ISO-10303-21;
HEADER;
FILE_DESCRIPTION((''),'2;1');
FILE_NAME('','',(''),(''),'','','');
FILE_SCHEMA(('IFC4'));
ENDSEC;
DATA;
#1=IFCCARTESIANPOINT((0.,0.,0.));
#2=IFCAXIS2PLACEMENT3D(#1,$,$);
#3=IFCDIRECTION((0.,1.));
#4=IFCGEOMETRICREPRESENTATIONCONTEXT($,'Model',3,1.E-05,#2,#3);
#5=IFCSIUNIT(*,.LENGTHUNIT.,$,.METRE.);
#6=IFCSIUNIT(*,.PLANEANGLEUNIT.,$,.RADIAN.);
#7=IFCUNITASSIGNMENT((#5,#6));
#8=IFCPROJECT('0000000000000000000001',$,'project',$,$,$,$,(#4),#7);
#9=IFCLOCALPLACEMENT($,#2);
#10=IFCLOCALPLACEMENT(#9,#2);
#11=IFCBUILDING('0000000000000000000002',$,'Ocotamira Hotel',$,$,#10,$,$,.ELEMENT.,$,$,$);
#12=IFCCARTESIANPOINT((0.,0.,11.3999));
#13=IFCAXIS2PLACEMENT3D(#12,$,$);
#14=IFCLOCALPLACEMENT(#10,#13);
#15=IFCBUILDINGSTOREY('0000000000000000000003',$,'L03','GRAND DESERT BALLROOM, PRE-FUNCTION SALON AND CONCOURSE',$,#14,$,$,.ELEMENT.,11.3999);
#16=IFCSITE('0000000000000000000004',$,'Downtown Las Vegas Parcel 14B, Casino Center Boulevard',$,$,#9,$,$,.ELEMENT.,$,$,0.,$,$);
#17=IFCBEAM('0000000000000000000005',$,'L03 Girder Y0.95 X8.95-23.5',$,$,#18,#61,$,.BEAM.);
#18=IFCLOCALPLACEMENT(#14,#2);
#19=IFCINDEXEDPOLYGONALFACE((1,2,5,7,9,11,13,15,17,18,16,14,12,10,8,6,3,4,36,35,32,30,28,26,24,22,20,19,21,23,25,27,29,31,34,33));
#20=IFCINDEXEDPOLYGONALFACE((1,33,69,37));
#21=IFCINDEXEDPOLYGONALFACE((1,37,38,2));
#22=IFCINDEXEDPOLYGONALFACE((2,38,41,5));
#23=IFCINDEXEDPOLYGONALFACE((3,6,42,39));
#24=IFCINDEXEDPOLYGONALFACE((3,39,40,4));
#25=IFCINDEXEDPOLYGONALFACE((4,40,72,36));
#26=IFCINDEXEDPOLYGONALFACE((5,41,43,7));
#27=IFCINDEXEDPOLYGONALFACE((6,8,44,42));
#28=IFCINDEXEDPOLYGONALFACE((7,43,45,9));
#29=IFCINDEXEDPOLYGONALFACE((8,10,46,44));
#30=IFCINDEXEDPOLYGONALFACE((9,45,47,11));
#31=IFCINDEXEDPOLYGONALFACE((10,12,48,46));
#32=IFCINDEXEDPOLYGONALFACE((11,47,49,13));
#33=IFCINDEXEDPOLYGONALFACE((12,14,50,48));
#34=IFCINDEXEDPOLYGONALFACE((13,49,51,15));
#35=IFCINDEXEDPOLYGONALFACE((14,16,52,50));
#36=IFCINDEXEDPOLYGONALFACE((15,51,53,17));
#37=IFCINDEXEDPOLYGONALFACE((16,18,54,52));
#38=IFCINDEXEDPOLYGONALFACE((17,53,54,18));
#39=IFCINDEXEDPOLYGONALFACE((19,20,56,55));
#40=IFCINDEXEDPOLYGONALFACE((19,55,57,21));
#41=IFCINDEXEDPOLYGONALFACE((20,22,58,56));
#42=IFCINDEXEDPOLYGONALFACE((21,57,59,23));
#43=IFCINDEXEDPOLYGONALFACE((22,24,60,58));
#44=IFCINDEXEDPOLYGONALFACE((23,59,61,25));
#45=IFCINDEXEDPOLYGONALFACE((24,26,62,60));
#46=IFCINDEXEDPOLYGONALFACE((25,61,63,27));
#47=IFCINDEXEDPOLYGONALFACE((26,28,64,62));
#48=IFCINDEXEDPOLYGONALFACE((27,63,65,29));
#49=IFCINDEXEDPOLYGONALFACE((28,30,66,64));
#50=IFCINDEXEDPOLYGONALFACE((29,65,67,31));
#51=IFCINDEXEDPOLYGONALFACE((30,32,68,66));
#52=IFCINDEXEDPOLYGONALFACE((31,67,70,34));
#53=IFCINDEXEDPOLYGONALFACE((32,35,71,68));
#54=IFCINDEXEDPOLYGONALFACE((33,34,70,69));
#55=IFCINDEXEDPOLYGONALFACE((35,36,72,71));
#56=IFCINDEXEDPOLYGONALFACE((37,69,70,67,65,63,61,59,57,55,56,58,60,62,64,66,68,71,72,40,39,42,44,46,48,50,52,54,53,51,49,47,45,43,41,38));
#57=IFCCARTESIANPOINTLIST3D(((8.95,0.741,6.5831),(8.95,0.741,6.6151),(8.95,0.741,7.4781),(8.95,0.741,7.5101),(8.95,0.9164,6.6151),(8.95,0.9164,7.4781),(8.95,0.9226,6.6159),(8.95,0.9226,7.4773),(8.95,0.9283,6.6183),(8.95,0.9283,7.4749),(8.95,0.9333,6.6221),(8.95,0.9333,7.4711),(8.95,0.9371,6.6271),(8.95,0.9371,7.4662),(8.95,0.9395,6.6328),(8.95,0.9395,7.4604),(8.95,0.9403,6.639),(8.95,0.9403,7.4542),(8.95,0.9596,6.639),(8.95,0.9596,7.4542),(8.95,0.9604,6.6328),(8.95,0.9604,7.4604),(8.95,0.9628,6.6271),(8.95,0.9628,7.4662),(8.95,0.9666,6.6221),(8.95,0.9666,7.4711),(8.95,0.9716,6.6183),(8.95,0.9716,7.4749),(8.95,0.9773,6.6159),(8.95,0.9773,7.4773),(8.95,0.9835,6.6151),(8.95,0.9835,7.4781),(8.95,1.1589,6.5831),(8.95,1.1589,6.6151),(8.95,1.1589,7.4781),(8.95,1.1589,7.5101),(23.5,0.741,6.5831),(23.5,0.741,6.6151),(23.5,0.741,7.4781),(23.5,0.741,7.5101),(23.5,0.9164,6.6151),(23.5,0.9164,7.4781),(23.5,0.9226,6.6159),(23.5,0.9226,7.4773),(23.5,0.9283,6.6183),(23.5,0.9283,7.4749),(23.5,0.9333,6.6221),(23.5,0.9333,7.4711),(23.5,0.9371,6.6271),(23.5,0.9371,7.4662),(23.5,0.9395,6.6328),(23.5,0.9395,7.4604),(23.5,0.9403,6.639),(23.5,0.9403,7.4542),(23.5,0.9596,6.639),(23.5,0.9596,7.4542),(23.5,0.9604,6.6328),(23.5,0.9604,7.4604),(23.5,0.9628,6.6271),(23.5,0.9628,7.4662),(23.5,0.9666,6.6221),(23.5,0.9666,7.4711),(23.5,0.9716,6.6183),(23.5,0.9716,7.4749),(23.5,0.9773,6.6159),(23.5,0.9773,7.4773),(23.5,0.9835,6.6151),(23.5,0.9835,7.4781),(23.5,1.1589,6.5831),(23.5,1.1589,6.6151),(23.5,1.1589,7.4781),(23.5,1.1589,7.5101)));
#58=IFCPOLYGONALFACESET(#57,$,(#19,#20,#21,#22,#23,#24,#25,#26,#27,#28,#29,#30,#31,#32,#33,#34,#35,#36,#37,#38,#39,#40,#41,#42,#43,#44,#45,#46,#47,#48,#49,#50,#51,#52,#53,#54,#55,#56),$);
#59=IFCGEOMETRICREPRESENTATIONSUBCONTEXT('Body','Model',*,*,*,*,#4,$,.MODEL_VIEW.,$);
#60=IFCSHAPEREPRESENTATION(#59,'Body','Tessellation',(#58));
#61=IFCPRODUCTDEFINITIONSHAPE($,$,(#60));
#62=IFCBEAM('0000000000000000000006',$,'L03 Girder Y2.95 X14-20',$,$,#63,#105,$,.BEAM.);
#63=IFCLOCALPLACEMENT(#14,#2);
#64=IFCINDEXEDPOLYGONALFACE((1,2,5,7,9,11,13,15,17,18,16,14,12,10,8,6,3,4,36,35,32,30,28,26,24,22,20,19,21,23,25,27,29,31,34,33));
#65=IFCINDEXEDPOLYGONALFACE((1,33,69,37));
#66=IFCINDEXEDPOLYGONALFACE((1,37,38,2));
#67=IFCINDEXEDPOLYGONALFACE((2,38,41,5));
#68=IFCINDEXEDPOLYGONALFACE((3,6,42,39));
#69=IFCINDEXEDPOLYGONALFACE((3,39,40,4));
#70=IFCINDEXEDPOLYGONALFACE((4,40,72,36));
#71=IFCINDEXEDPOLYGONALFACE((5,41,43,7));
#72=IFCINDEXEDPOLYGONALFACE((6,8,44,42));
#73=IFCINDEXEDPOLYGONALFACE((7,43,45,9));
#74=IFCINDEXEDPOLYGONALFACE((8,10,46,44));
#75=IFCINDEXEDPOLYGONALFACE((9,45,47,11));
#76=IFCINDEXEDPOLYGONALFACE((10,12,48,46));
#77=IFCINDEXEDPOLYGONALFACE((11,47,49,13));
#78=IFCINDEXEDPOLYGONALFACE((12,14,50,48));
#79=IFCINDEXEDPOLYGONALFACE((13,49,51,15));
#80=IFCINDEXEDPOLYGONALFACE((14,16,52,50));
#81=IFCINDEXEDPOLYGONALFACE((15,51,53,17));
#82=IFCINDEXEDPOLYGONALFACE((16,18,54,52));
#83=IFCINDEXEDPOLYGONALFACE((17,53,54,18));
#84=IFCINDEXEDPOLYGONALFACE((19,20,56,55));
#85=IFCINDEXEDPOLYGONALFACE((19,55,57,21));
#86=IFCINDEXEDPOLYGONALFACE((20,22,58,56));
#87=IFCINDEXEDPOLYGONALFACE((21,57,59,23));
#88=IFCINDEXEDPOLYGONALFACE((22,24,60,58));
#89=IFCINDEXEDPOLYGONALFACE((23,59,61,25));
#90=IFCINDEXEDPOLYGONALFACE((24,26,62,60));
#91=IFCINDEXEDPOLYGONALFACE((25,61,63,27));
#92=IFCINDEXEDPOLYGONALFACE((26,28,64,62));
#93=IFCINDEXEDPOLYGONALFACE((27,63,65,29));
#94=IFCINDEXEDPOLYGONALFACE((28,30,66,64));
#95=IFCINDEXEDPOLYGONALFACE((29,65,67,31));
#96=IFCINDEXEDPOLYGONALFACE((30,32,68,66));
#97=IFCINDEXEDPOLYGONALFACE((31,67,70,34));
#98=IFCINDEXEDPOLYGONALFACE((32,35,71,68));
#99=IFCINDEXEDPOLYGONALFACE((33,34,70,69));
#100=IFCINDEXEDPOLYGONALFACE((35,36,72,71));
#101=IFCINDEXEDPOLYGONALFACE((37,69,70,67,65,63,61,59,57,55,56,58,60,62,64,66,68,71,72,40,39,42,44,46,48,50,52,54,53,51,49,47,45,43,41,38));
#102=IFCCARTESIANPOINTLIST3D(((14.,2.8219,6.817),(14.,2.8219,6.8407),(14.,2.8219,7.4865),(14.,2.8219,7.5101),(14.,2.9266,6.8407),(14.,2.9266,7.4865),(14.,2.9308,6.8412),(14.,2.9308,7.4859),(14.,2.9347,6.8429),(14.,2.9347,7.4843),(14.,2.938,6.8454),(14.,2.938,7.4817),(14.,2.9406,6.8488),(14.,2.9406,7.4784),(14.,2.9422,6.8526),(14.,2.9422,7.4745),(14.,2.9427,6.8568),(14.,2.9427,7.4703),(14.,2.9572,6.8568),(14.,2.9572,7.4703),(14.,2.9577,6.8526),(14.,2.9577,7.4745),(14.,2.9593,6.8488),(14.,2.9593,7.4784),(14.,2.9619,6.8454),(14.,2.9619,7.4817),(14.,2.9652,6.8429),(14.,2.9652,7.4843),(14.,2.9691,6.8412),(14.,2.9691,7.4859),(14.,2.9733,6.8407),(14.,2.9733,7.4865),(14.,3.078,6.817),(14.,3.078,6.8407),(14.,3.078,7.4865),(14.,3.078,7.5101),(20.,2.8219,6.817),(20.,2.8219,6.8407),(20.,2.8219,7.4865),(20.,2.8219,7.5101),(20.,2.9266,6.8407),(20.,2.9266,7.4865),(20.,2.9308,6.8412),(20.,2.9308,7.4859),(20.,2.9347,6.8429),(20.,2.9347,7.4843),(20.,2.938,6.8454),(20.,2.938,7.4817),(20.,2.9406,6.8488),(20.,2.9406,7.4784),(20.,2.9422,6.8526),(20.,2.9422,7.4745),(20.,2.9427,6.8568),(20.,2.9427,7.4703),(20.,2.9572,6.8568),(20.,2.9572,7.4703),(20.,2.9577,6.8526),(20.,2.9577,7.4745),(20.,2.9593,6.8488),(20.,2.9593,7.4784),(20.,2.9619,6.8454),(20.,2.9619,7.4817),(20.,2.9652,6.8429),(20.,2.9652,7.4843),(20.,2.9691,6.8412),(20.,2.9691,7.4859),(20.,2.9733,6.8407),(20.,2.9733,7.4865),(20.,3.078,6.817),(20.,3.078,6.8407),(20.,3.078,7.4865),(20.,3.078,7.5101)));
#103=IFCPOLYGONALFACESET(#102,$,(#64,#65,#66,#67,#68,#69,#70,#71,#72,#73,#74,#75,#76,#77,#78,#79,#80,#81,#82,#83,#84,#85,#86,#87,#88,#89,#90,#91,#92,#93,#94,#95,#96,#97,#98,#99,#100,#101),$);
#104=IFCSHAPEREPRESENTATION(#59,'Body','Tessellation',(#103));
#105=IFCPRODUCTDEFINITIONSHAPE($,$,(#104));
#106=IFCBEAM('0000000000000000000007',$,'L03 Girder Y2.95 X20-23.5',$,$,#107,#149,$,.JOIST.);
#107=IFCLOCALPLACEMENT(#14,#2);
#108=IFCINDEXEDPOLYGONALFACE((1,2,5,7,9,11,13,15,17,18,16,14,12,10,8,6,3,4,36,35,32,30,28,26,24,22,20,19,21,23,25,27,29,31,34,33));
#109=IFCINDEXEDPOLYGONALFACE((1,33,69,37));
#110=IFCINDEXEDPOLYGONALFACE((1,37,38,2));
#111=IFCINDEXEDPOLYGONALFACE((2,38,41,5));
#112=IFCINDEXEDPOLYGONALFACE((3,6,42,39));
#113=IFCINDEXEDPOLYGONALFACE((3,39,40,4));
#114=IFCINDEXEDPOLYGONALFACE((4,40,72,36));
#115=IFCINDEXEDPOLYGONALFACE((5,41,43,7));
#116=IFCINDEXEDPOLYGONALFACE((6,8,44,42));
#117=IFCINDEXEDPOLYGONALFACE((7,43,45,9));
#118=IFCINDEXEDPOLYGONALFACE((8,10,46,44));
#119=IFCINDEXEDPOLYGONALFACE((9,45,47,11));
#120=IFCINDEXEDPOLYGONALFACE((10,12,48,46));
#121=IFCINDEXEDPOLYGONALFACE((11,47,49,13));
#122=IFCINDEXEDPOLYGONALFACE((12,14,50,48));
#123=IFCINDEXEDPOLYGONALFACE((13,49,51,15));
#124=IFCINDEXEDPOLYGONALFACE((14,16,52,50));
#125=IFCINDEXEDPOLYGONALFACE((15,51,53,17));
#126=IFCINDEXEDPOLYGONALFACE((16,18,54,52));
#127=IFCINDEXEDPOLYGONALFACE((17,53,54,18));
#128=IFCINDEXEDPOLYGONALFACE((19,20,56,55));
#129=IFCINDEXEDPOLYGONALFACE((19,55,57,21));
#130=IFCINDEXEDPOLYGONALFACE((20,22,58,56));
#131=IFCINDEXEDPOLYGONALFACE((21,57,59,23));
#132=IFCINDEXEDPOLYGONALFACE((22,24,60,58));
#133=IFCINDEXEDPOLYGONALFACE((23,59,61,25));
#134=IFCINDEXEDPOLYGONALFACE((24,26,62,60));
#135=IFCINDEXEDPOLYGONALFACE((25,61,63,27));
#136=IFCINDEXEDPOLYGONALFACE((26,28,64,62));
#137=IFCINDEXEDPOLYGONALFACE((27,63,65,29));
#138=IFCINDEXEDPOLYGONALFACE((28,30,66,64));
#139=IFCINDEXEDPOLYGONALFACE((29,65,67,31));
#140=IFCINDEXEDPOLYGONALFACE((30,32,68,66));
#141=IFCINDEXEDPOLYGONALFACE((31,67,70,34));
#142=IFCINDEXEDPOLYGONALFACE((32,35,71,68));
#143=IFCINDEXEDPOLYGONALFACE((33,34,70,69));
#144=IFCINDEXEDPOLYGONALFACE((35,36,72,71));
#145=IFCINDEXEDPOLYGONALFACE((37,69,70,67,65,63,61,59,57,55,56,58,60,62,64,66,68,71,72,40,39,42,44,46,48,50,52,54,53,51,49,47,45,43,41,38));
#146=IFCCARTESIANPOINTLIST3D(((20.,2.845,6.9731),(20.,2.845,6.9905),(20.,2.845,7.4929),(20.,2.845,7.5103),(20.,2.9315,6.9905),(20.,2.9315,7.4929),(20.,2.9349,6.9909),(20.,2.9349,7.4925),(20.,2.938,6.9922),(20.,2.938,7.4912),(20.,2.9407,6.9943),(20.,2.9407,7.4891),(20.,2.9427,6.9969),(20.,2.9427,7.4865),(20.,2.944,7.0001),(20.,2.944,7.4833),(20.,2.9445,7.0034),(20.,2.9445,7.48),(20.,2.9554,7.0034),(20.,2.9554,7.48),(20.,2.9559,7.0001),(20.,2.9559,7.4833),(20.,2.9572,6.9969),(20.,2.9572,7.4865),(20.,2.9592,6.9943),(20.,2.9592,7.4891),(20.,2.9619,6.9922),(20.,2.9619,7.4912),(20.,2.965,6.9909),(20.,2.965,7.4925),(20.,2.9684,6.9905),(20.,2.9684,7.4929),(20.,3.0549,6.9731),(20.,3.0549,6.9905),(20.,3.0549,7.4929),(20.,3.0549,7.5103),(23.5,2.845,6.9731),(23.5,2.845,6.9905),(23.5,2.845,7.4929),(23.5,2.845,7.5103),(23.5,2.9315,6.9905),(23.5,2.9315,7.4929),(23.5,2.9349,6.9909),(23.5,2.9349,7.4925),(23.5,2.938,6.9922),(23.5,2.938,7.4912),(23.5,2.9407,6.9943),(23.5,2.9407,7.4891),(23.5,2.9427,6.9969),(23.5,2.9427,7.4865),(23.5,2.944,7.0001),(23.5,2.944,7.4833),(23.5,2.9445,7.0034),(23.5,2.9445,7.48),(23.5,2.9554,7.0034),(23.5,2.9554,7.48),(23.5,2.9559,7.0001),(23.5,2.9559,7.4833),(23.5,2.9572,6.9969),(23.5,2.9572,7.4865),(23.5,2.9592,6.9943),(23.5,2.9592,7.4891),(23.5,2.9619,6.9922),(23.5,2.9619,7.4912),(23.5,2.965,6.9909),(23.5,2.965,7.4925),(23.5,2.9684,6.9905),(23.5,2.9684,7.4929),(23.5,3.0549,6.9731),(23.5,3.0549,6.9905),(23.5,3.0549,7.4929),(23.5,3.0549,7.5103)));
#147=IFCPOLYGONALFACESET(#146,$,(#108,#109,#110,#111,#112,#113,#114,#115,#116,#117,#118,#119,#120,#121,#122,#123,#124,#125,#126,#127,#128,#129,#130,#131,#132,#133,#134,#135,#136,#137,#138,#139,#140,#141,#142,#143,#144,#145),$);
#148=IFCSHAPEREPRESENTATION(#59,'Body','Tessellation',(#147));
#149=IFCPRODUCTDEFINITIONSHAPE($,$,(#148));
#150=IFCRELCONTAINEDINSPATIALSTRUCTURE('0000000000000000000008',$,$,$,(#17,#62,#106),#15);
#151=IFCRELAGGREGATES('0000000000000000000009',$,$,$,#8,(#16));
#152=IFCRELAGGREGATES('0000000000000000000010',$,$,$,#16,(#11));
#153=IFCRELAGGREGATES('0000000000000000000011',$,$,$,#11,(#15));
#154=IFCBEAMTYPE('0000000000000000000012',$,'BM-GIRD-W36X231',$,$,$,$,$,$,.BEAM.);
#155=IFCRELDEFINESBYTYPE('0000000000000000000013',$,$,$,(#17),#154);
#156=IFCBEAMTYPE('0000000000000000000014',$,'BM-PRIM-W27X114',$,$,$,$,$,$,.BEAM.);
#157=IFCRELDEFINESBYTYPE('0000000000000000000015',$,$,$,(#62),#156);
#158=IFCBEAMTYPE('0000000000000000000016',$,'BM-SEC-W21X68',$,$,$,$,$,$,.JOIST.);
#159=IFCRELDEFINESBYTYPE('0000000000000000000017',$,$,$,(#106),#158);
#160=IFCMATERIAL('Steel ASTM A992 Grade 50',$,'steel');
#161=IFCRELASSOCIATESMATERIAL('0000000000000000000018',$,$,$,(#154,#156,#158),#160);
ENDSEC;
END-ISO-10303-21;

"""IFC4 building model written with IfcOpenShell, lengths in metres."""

from ifc_helpers import new_model, si_unit, direction, frame, origin, origin_2d, place, context, subcontext, project, spatial, i_section, extrude, source, transform, mapped, material, material_profile, profile_set, type_object, element, save


model = new_model("IFC4")

# Units and contexts
model_context = context("Model", 3, precision=1e-05, world=origin(), true_north=direction((0.0, 1.0)))
body_context = subcontext(model_context, "Body", "Model", "MODEL_VIEW")
ifc_project = project(units=[si_unit("LENGTHUNIT", "METRE"), si_unit("PLANEANGLEUNIT", "RADIAN")], contexts=[model_context])

# Site, building, storey
site_placement = place(None, origin())
site = spatial("IfcSite", under=ifc_project, at=site_placement, Name="Downtown Las Vegas Parcel 14B, Casino Center Boulevard", CompositionType="ELEMENT", RefElevation=0.0)
building_placement = place(site_placement, origin())
building = spatial("IfcBuilding", under=site, at=building_placement, Name="Ocotamira Hotel", CompositionType="ELEMENT")
storey_placement = place(building_placement, frame((0.0, 0.0, 11.3999)))
storey = spatial("IfcBuildingStorey", under=building, at=storey_placement, Name="L03", Description="GRAND DESERT BALLROOM, PRE-FUNCTION SALON AND CONCOURSE", CompositionType="ELEMENT", Elevation=11.3999)

# Beams
ifc_material_1 = material(Name="Steel ASTM A992 Grade 50", Category="steel")
ifc_material_profile_1 = material_profile(ifc_material_1, i_section(OverallWidth=0.418, OverallDepth=0.927, WebThickness=0.0193, FlangeThickness=0.032, FilletRadius=0.0239, at=origin_2d()), Name="W36X231")
ifc_profile_set_1 = profile_set([ifc_material_profile_1], Name="Steel ASTM A992 Grade 50")
beam_type_1 = type_object("IfcBeamType", Name="BM-GIRD-W36X231", PredefinedType="BEAM", material=ifc_profile_set_1)
shared_shape_1 = source(origin(), body_context, "Body", "SweptSolid", [
    extrude(i_section(OverallWidth=0.418, OverallDepth=0.927, WebThickness=0.0193, FlangeThickness=0.032, FilletRadius=0.0239, at=origin_2d()), origin(), (0.0, 0.0, 1.0), 14.55),
])
beam_1_placement = place(storey_placement, frame((8.95, 0.95, 7.0466), z_axis=(1.0, 0.0, 0.0), x_axis=(0.0, 1.0, 0.0)))
element("IfcBeam", 1, at=beam_1_placement, inside=storey, type_object=beam_type_1, Name="L03 Girder Y0.95 X8.95-23.5", PredefinedType="BEAM", context=body_context, shape_type="MappedRepresentation", body=[
    mapped(shared_shape_1, transform((0.0, 0.0, 0.0), scale=1.0)),
])
ifc_material_profile_2 = material_profile(ifc_material_1, i_section(OverallWidth=0.2561, OverallDepth=0.6931, WebThickness=0.0144, FlangeThickness=0.0237, FilletRadius=0.0161, at=origin_2d()), Name="W27X114")
ifc_profile_set_2 = profile_set([ifc_material_profile_2], Name="Steel ASTM A992 Grade 50")
beam_type_2 = type_object("IfcBeamType", Name="BM-PRIM-W27X114", PredefinedType="BEAM", material=ifc_profile_set_2)
shared_shape_2 = source(origin(), body_context, "Body", "SweptSolid", [
    extrude(i_section(OverallWidth=0.2561, OverallDepth=0.6931, WebThickness=0.0144, FlangeThickness=0.0237, FilletRadius=0.0161, at=origin_2d()), origin(), (0.0, 0.0, 1.0), 6.0),
])
beam_2_placement = place(storey_placement, frame((14.0, 2.95, 7.1636), z_axis=(1.0, 0.0, 0.0), x_axis=(0.0, 1.0, 0.0)))
element("IfcBeam", 2, at=beam_2_placement, inside=storey, type_object=beam_type_2, Name="L03 Girder Y2.95 X14-20", PredefinedType="BEAM", context=body_context, shape_type="MappedRepresentation", body=[
    mapped(shared_shape_2, transform((0.0, 0.0, 0.0), scale=1.0)),
])
ifc_material_profile_3 = material_profile(ifc_material_1, i_section(OverallWidth=0.21, OverallDepth=0.5371, WebThickness=0.011, FlangeThickness=0.0173, FilletRadius=0.0129, at=origin_2d()), Name="W21X68")
ifc_profile_set_3 = profile_set([ifc_material_profile_3], Name="Steel ASTM A992 Grade 50")
beam_type_3 = type_object("IfcBeamType", Name="BM-SEC-W21X68", PredefinedType="JOIST", material=ifc_profile_set_3)
shared_shape_3 = source(origin(), body_context, "Body", "SweptSolid", [
    extrude(i_section(OverallWidth=0.21, OverallDepth=0.5371, WebThickness=0.011, FlangeThickness=0.0173, FilletRadius=0.0129, at=origin_2d()), origin(), (0.0, 0.0, 1.0), 3.5),
])
beam_3_placement = place(storey_placement, frame((20.0, 2.95, 7.2417), z_axis=(1.0, 0.0, 0.0), x_axis=(0.0, 1.0, 0.0)))
element("IfcBeam", 3, at=beam_3_placement, inside=storey, type_object=beam_type_3, Name="L03 Girder Y2.95 X20-23.5", PredefinedType="JOIST", context=body_context, shape_type="MappedRepresentation", body=[
    mapped(shared_shape_3, transform((0.0, 0.0, 0.0), scale=1.0)),
])

save(model, "model.ifc")
